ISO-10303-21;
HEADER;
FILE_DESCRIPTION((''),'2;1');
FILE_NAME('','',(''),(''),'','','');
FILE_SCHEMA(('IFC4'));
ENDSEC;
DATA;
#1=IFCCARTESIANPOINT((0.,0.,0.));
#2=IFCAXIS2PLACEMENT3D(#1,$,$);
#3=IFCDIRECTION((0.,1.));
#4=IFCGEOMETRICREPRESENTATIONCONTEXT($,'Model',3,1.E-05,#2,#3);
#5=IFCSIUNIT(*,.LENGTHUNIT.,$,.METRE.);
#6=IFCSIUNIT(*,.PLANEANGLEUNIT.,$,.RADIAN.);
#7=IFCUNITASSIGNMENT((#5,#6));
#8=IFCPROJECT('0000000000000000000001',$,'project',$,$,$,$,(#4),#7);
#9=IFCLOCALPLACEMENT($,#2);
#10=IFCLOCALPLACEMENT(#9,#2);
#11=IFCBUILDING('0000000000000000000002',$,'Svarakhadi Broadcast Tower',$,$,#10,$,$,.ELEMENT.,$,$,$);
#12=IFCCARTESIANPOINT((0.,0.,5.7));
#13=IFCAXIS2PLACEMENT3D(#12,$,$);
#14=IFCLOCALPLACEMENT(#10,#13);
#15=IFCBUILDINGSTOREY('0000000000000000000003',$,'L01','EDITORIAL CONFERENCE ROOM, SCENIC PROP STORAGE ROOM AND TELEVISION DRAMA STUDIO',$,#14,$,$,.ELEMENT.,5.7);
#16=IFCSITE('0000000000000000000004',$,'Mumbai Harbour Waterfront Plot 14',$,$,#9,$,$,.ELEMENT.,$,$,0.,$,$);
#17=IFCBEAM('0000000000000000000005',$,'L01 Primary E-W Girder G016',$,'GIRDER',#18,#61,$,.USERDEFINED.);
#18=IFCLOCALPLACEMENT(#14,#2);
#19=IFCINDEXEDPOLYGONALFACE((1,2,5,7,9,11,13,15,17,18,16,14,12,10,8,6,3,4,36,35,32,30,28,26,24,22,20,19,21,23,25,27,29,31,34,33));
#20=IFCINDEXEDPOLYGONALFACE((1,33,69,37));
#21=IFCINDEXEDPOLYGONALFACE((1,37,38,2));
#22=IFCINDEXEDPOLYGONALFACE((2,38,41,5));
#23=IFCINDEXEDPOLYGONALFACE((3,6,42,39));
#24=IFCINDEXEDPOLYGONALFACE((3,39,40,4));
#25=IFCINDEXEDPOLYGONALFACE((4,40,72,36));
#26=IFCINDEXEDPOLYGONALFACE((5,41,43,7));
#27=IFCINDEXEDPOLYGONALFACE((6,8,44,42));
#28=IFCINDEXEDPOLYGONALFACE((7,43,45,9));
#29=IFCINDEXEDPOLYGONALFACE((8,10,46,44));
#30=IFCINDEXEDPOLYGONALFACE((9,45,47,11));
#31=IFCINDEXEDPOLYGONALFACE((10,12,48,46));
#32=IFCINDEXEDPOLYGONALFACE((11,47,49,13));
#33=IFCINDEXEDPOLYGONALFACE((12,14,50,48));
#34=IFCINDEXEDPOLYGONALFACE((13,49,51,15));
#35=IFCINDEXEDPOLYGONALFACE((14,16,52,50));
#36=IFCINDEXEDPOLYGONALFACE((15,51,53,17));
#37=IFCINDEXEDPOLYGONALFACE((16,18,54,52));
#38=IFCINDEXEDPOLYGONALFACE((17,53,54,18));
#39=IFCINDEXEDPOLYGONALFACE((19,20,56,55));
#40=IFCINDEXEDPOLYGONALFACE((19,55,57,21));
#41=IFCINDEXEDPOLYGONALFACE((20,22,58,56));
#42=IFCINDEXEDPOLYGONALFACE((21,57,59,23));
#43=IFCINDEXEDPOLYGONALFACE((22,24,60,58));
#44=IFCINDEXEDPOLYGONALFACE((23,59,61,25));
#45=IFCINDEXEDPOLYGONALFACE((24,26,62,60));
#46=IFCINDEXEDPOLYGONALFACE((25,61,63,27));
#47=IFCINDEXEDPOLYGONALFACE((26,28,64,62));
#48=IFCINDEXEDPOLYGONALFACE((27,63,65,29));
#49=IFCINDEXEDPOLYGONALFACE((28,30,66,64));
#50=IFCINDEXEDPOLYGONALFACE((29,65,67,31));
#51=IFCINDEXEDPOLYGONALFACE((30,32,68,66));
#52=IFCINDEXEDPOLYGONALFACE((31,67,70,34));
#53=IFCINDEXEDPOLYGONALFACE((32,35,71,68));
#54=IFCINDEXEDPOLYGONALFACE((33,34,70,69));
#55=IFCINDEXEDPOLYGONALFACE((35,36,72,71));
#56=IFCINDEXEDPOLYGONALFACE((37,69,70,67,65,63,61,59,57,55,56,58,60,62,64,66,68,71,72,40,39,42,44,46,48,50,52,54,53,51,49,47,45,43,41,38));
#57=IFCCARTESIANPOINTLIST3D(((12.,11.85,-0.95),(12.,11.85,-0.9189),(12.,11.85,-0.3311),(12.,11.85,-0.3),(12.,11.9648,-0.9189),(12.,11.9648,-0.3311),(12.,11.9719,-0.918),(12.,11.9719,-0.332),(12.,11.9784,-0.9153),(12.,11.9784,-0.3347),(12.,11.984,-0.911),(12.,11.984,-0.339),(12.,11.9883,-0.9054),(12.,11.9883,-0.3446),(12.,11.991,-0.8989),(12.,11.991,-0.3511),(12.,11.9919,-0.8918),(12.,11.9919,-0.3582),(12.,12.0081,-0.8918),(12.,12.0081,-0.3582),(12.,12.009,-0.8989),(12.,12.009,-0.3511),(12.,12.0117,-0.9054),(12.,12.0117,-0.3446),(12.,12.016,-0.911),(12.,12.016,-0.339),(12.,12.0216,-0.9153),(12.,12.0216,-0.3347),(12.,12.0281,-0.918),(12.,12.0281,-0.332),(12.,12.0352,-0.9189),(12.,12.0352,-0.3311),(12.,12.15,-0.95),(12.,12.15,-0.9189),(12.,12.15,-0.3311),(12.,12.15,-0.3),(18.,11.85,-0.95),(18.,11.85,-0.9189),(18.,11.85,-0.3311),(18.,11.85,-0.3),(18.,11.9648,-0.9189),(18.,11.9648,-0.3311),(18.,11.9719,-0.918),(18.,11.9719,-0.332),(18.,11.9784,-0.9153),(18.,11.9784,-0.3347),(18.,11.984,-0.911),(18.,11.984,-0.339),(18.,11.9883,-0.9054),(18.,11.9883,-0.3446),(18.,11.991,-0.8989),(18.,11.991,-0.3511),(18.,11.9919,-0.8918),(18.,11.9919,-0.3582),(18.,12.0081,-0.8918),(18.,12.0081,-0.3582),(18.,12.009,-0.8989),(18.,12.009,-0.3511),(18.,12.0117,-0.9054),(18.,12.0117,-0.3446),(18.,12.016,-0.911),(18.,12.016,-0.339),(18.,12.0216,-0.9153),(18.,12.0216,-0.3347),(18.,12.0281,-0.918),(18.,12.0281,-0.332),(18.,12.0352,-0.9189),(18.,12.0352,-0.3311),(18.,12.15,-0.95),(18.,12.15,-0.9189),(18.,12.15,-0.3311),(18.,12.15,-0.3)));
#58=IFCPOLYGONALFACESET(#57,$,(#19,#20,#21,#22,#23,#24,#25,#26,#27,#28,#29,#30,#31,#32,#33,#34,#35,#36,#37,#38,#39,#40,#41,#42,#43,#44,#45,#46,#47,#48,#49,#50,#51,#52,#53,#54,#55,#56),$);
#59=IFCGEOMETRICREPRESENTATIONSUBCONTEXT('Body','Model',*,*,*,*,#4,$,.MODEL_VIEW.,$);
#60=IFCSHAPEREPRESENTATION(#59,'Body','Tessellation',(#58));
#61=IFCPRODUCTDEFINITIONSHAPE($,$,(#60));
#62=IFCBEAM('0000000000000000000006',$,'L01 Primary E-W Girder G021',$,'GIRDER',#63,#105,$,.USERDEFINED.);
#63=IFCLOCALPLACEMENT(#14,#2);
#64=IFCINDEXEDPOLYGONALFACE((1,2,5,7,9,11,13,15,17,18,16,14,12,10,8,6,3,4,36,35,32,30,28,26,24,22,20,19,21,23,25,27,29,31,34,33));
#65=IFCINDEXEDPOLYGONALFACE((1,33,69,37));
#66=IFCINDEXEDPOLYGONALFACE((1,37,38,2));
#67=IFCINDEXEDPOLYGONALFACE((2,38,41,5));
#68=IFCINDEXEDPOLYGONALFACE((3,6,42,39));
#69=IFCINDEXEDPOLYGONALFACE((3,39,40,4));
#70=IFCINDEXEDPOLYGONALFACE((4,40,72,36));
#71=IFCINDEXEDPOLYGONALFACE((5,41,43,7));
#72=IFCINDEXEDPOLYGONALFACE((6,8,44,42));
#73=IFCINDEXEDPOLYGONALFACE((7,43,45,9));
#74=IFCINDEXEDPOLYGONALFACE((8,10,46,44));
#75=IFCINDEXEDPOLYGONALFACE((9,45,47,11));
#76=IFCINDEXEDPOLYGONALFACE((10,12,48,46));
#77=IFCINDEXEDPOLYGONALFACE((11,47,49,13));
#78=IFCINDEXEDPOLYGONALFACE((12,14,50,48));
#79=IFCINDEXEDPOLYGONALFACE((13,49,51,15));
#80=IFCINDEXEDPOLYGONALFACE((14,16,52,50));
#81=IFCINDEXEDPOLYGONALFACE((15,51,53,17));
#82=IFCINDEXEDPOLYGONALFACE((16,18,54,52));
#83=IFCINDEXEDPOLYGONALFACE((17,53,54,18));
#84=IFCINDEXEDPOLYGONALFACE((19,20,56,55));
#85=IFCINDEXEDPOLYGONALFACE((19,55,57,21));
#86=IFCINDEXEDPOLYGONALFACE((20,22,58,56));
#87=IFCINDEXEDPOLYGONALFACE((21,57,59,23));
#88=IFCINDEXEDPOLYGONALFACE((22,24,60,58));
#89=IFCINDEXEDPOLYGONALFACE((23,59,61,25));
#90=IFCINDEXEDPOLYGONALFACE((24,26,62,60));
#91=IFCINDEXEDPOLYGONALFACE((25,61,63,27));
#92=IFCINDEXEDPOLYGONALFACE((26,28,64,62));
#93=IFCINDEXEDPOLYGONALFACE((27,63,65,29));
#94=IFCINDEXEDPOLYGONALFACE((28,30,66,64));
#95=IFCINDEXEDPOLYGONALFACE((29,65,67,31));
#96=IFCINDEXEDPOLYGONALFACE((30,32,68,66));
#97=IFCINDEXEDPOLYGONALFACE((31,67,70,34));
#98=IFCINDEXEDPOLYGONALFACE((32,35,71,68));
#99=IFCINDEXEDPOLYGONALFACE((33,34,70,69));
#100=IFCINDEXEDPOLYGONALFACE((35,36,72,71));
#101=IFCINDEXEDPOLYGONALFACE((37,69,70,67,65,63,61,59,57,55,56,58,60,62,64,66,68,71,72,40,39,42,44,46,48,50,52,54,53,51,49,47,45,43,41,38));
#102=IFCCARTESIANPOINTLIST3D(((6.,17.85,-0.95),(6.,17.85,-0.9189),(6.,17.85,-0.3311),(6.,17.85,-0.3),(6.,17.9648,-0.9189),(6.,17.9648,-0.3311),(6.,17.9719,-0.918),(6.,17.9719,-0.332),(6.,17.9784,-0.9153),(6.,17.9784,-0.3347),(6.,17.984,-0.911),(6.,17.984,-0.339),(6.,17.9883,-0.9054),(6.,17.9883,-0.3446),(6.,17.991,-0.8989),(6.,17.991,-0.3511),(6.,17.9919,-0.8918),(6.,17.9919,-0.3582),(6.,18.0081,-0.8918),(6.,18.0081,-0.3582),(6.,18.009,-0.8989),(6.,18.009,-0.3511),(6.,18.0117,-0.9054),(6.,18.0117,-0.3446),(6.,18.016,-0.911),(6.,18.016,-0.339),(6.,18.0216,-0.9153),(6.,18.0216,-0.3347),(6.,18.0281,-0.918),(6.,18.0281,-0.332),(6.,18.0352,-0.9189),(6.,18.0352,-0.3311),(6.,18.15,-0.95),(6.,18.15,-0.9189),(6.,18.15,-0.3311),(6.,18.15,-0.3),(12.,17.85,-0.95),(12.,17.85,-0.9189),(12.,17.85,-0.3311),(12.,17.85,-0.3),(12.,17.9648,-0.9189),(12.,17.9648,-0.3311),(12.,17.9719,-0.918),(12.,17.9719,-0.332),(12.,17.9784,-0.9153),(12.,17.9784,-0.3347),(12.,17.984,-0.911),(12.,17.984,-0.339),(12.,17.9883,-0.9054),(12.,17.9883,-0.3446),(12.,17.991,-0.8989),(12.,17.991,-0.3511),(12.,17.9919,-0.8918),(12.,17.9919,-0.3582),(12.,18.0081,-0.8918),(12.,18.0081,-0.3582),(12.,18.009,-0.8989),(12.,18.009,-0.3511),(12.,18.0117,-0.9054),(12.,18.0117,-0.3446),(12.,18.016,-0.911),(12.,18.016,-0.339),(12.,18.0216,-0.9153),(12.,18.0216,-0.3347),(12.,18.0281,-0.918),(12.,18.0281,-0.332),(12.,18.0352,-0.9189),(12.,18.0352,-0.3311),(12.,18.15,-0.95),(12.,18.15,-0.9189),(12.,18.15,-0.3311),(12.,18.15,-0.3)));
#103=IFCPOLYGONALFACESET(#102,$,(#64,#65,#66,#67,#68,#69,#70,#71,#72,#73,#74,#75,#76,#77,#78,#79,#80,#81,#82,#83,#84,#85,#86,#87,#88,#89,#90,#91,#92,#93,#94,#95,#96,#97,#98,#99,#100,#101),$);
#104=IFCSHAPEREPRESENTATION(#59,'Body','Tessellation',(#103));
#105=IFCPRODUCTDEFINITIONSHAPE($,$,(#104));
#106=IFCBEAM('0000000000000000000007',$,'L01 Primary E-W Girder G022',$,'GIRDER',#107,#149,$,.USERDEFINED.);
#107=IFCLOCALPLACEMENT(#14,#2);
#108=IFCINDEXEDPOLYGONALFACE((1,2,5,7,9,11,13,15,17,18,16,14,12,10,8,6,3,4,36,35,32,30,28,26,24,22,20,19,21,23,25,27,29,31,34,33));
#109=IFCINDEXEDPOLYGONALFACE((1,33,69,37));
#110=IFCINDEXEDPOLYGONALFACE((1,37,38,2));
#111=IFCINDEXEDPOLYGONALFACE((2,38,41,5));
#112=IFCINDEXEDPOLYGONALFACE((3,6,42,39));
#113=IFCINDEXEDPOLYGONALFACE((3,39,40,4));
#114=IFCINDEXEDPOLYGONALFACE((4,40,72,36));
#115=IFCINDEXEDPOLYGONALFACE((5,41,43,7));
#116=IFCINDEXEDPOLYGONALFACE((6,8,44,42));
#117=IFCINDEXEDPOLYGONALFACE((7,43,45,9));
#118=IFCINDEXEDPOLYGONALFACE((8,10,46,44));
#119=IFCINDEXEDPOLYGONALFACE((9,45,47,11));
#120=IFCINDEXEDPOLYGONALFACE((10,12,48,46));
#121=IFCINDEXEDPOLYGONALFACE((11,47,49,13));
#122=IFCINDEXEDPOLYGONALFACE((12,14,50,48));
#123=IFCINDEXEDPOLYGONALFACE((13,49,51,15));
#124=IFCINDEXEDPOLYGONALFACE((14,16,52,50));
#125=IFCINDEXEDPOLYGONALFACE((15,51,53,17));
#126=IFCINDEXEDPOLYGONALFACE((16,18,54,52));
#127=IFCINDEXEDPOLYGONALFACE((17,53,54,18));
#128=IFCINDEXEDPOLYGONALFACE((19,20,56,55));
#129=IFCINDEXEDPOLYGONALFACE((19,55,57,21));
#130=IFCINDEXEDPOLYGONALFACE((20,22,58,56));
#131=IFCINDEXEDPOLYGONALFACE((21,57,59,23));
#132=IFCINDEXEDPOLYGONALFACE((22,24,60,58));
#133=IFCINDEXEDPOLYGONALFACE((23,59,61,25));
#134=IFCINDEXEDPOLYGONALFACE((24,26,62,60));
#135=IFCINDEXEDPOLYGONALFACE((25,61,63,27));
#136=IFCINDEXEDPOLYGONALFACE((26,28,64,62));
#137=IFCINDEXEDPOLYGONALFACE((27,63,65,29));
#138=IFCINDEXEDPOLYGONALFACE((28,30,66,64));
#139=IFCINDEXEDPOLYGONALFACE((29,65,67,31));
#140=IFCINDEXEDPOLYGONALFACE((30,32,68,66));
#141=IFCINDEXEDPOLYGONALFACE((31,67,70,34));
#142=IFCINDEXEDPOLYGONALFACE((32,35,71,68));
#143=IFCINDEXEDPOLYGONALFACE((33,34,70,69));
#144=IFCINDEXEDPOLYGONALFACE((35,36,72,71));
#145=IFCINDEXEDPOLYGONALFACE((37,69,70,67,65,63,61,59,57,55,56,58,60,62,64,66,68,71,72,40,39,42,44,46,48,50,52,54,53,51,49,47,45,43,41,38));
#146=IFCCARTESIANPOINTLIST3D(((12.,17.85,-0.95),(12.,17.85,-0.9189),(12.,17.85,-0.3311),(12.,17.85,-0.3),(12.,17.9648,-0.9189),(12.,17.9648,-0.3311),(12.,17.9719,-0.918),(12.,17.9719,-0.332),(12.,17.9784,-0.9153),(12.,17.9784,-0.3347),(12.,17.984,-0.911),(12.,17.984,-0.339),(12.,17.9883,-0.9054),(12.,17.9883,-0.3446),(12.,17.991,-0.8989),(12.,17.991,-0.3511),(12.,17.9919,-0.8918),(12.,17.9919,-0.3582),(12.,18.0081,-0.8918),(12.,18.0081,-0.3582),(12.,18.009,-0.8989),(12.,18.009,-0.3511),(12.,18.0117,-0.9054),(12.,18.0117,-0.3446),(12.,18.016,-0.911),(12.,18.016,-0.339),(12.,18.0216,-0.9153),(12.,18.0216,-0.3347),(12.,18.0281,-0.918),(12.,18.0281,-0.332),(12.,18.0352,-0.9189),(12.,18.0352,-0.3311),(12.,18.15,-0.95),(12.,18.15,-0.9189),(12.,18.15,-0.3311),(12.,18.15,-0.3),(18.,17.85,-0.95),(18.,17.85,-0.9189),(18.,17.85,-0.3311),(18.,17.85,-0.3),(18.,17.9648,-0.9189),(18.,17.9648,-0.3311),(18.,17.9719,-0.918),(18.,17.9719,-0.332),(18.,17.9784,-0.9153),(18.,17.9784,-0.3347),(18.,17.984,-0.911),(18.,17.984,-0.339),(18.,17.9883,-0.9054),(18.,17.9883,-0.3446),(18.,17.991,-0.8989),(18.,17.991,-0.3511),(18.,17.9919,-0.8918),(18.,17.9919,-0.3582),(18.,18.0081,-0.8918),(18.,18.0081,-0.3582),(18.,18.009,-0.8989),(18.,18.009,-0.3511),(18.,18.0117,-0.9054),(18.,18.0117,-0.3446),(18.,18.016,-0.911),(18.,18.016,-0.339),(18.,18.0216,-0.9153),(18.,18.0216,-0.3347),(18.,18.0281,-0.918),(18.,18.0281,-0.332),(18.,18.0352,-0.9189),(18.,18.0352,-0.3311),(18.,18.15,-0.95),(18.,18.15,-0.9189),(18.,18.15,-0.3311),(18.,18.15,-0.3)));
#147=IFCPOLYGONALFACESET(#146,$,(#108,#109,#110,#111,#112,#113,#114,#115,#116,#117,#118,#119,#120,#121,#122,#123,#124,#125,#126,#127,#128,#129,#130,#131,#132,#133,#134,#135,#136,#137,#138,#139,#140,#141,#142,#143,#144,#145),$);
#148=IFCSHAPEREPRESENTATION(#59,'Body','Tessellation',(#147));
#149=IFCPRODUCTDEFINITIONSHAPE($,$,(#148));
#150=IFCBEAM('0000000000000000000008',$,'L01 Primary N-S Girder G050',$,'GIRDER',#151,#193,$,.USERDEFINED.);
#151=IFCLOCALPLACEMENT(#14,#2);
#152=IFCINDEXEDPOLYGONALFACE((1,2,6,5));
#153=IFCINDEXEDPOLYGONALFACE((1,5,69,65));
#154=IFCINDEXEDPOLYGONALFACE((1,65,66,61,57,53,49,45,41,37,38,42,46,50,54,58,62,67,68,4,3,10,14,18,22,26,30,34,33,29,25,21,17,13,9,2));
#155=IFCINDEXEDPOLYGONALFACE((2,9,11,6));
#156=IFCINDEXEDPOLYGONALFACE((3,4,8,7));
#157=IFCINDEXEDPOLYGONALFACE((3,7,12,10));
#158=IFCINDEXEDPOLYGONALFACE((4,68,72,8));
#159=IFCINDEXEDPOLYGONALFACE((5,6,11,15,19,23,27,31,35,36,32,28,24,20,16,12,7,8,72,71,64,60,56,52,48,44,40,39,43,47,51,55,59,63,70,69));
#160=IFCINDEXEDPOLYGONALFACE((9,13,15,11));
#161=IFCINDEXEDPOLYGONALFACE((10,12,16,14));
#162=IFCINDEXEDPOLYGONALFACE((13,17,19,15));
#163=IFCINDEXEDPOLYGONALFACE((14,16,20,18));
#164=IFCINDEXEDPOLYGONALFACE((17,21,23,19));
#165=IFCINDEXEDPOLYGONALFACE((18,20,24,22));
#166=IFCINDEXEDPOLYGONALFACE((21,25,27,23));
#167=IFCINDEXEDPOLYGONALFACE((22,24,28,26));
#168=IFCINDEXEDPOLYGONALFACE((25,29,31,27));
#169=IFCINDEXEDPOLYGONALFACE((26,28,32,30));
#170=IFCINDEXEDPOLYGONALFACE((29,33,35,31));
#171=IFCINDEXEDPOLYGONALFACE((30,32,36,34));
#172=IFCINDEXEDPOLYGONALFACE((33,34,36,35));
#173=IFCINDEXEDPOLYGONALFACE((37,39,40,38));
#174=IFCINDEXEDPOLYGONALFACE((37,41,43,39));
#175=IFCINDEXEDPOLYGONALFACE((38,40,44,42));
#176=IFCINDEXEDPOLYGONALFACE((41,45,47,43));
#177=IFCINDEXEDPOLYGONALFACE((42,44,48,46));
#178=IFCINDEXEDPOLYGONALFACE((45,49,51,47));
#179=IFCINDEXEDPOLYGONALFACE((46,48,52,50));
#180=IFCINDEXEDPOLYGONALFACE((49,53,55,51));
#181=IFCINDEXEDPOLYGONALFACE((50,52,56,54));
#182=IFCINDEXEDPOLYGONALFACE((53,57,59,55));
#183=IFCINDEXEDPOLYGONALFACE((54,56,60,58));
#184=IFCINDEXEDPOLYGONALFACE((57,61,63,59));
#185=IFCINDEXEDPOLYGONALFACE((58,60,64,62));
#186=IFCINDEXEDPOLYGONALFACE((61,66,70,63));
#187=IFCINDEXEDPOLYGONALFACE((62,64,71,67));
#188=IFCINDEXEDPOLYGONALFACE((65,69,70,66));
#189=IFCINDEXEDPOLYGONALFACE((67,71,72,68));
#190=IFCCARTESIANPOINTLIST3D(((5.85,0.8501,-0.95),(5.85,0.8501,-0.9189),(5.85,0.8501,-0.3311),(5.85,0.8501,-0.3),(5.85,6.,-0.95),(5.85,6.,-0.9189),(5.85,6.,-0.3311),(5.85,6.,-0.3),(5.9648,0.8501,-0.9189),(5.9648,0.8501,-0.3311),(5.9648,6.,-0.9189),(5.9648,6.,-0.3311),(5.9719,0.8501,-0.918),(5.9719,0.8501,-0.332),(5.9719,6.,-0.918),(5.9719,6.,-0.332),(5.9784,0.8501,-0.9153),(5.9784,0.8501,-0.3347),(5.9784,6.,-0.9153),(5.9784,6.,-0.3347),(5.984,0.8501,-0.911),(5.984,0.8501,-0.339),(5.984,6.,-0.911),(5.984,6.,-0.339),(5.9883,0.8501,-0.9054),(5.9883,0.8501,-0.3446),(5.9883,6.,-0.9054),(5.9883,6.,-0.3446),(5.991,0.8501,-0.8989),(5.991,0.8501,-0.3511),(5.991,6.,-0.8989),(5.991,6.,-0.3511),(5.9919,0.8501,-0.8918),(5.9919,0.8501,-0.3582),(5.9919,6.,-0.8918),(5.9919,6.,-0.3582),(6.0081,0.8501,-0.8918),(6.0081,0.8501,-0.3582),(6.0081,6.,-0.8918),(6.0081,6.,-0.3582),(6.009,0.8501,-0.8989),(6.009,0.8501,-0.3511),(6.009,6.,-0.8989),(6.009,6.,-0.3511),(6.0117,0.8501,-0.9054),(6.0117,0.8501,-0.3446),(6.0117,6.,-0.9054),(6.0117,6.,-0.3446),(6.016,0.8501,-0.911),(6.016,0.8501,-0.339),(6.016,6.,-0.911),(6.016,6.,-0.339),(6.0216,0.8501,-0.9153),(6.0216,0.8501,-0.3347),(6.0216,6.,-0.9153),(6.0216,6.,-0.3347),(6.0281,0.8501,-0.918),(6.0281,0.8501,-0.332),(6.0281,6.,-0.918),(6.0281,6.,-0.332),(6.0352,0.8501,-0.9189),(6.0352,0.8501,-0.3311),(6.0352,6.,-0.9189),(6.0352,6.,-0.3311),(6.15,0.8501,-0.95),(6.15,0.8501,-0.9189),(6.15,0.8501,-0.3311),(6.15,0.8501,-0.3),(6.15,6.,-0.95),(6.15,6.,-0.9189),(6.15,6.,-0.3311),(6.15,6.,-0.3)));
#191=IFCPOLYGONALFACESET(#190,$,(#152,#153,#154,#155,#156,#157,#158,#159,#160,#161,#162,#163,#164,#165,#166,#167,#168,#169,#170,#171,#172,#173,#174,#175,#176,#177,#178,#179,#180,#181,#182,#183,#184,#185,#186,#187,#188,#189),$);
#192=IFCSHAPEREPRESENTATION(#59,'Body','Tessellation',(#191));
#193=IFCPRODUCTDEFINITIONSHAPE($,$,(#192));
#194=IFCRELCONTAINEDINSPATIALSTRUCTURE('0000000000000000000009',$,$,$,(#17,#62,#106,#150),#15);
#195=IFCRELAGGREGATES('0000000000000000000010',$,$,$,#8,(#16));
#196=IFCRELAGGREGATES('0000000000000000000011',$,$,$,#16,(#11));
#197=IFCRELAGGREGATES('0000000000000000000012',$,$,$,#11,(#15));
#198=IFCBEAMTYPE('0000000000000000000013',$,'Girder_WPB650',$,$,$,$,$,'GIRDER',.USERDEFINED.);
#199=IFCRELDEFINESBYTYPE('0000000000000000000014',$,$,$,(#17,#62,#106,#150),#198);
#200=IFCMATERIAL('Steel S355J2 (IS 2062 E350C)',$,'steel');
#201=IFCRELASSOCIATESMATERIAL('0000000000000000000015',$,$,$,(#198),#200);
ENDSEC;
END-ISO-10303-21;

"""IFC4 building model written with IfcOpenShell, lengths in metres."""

from ifc_helpers import new_model, si_unit, direction, frame, origin, origin_2d, place, context, subcontext, project, spatial, i_section, extrude, material, material_profile, profile_set, type_object, element, save


model = new_model("IFC4")

# Units and contexts
model_context = context("Model", 3, precision=1e-05, world=origin(), true_north=direction((0.0, 1.0)))
body_context = subcontext(model_context, "Body", "Model", "MODEL_VIEW")
ifc_project = project(units=[si_unit("LENGTHUNIT", "METRE"), si_unit("PLANEANGLEUNIT", "RADIAN")], contexts=[model_context])

# Site, building, storey
site_placement = place(None, origin())
site = spatial("IfcSite", under=ifc_project, at=site_placement, Name="Mumbai Harbour Waterfront Plot 14", CompositionType="ELEMENT", RefElevation=0.0)
building_placement = place(site_placement, origin())
building = spatial("IfcBuilding", under=site, at=building_placement, Name="Svarakhadi Broadcast Tower", CompositionType="ELEMENT")
storey_placement = place(building_placement, frame((0.0, 0.0, 5.7)))
storey = spatial("IfcBuildingStorey", under=building, at=storey_placement, Name="L01", Description="EDITORIAL CONFERENCE ROOM, SCENIC PROP STORAGE ROOM AND TELEVISION DRAMA STUDIO", CompositionType="ELEMENT", Elevation=5.7)

# Shared definitions
ifc_material_1 = material(Name="Steel S355J2 (IS 2062 E350C)", Category="steel")

# Beams
ifc_material_profile_1 = material_profile(ifc_material_1, i_section(OverallWidth=0.3, OverallDepth=0.6499, WebThickness=0.0161, FlangeThickness=0.031, FilletRadius=0.0271, at=origin_2d()), Name="WPB 650x300x225")
ifc_profile_set_1 = profile_set([ifc_material_profile_1], Name="Steel S355J2 (IS 2062 E350C)")
beam_type_1 = type_object("IfcBeamType", Name="Girder_WPB650", ElementType="GIRDER", PredefinedType="USERDEFINED", material=ifc_profile_set_1)
for number, where, z_axis, x_axis, name in (
    (1, (12.0, 12.0, -0.625), (1.0, 0.0, 0.0), (0.0, 1.0, 0.0), "L01 Primary E-W Girder G016"),
    (2, (6.0, 18.0, -0.625), (1.0, 0.0, 0.0), (0.0, 1.0, 0.0), "L01 Primary E-W Girder G021"),
    (3, (12.0, 18.0, -0.625), (1.0, 0.0, 0.0), (0.0, 1.0, 0.0), "L01 Primary E-W Girder G022"),
):
    element("IfcBeam", number, at=place(storey_placement, frame(where, z_axis=z_axis, x_axis=x_axis)), inside=storey, type_object=beam_type_1, Name=name, ObjectType="GIRDER", PredefinedType="USERDEFINED", context=body_context, shape_type="SweptSolid", body=[
        extrude(i_section(OverallWidth=0.3, OverallDepth=0.6499, WebThickness=0.0161, FlangeThickness=0.031, FilletRadius=0.0271, at=origin_2d()), origin(), (0.0, 0.0, 1.0), 6.0),
    ])
beam_1_placement = place(storey_placement, frame((6.0, 0.8501, -0.625), z_axis=(0.0, 1.0, 0.0), x_axis=(-1.0, 0.0, 0.0)))
element("IfcBeam", 4, at=beam_1_placement, inside=storey, type_object=beam_type_1, Name="L01 Primary N-S Girder G050", ObjectType="GIRDER", PredefinedType="USERDEFINED", context=body_context, shape_type="SweptSolid", body=[
    extrude(i_section(OverallWidth=0.3, OverallDepth=0.6499, WebThickness=0.0161, FlangeThickness=0.031, FilletRadius=0.0271, at=origin_2d()), origin(), (0.0, 0.0, 1.0), 5.1499),
])

save(model, "model.ifc")
